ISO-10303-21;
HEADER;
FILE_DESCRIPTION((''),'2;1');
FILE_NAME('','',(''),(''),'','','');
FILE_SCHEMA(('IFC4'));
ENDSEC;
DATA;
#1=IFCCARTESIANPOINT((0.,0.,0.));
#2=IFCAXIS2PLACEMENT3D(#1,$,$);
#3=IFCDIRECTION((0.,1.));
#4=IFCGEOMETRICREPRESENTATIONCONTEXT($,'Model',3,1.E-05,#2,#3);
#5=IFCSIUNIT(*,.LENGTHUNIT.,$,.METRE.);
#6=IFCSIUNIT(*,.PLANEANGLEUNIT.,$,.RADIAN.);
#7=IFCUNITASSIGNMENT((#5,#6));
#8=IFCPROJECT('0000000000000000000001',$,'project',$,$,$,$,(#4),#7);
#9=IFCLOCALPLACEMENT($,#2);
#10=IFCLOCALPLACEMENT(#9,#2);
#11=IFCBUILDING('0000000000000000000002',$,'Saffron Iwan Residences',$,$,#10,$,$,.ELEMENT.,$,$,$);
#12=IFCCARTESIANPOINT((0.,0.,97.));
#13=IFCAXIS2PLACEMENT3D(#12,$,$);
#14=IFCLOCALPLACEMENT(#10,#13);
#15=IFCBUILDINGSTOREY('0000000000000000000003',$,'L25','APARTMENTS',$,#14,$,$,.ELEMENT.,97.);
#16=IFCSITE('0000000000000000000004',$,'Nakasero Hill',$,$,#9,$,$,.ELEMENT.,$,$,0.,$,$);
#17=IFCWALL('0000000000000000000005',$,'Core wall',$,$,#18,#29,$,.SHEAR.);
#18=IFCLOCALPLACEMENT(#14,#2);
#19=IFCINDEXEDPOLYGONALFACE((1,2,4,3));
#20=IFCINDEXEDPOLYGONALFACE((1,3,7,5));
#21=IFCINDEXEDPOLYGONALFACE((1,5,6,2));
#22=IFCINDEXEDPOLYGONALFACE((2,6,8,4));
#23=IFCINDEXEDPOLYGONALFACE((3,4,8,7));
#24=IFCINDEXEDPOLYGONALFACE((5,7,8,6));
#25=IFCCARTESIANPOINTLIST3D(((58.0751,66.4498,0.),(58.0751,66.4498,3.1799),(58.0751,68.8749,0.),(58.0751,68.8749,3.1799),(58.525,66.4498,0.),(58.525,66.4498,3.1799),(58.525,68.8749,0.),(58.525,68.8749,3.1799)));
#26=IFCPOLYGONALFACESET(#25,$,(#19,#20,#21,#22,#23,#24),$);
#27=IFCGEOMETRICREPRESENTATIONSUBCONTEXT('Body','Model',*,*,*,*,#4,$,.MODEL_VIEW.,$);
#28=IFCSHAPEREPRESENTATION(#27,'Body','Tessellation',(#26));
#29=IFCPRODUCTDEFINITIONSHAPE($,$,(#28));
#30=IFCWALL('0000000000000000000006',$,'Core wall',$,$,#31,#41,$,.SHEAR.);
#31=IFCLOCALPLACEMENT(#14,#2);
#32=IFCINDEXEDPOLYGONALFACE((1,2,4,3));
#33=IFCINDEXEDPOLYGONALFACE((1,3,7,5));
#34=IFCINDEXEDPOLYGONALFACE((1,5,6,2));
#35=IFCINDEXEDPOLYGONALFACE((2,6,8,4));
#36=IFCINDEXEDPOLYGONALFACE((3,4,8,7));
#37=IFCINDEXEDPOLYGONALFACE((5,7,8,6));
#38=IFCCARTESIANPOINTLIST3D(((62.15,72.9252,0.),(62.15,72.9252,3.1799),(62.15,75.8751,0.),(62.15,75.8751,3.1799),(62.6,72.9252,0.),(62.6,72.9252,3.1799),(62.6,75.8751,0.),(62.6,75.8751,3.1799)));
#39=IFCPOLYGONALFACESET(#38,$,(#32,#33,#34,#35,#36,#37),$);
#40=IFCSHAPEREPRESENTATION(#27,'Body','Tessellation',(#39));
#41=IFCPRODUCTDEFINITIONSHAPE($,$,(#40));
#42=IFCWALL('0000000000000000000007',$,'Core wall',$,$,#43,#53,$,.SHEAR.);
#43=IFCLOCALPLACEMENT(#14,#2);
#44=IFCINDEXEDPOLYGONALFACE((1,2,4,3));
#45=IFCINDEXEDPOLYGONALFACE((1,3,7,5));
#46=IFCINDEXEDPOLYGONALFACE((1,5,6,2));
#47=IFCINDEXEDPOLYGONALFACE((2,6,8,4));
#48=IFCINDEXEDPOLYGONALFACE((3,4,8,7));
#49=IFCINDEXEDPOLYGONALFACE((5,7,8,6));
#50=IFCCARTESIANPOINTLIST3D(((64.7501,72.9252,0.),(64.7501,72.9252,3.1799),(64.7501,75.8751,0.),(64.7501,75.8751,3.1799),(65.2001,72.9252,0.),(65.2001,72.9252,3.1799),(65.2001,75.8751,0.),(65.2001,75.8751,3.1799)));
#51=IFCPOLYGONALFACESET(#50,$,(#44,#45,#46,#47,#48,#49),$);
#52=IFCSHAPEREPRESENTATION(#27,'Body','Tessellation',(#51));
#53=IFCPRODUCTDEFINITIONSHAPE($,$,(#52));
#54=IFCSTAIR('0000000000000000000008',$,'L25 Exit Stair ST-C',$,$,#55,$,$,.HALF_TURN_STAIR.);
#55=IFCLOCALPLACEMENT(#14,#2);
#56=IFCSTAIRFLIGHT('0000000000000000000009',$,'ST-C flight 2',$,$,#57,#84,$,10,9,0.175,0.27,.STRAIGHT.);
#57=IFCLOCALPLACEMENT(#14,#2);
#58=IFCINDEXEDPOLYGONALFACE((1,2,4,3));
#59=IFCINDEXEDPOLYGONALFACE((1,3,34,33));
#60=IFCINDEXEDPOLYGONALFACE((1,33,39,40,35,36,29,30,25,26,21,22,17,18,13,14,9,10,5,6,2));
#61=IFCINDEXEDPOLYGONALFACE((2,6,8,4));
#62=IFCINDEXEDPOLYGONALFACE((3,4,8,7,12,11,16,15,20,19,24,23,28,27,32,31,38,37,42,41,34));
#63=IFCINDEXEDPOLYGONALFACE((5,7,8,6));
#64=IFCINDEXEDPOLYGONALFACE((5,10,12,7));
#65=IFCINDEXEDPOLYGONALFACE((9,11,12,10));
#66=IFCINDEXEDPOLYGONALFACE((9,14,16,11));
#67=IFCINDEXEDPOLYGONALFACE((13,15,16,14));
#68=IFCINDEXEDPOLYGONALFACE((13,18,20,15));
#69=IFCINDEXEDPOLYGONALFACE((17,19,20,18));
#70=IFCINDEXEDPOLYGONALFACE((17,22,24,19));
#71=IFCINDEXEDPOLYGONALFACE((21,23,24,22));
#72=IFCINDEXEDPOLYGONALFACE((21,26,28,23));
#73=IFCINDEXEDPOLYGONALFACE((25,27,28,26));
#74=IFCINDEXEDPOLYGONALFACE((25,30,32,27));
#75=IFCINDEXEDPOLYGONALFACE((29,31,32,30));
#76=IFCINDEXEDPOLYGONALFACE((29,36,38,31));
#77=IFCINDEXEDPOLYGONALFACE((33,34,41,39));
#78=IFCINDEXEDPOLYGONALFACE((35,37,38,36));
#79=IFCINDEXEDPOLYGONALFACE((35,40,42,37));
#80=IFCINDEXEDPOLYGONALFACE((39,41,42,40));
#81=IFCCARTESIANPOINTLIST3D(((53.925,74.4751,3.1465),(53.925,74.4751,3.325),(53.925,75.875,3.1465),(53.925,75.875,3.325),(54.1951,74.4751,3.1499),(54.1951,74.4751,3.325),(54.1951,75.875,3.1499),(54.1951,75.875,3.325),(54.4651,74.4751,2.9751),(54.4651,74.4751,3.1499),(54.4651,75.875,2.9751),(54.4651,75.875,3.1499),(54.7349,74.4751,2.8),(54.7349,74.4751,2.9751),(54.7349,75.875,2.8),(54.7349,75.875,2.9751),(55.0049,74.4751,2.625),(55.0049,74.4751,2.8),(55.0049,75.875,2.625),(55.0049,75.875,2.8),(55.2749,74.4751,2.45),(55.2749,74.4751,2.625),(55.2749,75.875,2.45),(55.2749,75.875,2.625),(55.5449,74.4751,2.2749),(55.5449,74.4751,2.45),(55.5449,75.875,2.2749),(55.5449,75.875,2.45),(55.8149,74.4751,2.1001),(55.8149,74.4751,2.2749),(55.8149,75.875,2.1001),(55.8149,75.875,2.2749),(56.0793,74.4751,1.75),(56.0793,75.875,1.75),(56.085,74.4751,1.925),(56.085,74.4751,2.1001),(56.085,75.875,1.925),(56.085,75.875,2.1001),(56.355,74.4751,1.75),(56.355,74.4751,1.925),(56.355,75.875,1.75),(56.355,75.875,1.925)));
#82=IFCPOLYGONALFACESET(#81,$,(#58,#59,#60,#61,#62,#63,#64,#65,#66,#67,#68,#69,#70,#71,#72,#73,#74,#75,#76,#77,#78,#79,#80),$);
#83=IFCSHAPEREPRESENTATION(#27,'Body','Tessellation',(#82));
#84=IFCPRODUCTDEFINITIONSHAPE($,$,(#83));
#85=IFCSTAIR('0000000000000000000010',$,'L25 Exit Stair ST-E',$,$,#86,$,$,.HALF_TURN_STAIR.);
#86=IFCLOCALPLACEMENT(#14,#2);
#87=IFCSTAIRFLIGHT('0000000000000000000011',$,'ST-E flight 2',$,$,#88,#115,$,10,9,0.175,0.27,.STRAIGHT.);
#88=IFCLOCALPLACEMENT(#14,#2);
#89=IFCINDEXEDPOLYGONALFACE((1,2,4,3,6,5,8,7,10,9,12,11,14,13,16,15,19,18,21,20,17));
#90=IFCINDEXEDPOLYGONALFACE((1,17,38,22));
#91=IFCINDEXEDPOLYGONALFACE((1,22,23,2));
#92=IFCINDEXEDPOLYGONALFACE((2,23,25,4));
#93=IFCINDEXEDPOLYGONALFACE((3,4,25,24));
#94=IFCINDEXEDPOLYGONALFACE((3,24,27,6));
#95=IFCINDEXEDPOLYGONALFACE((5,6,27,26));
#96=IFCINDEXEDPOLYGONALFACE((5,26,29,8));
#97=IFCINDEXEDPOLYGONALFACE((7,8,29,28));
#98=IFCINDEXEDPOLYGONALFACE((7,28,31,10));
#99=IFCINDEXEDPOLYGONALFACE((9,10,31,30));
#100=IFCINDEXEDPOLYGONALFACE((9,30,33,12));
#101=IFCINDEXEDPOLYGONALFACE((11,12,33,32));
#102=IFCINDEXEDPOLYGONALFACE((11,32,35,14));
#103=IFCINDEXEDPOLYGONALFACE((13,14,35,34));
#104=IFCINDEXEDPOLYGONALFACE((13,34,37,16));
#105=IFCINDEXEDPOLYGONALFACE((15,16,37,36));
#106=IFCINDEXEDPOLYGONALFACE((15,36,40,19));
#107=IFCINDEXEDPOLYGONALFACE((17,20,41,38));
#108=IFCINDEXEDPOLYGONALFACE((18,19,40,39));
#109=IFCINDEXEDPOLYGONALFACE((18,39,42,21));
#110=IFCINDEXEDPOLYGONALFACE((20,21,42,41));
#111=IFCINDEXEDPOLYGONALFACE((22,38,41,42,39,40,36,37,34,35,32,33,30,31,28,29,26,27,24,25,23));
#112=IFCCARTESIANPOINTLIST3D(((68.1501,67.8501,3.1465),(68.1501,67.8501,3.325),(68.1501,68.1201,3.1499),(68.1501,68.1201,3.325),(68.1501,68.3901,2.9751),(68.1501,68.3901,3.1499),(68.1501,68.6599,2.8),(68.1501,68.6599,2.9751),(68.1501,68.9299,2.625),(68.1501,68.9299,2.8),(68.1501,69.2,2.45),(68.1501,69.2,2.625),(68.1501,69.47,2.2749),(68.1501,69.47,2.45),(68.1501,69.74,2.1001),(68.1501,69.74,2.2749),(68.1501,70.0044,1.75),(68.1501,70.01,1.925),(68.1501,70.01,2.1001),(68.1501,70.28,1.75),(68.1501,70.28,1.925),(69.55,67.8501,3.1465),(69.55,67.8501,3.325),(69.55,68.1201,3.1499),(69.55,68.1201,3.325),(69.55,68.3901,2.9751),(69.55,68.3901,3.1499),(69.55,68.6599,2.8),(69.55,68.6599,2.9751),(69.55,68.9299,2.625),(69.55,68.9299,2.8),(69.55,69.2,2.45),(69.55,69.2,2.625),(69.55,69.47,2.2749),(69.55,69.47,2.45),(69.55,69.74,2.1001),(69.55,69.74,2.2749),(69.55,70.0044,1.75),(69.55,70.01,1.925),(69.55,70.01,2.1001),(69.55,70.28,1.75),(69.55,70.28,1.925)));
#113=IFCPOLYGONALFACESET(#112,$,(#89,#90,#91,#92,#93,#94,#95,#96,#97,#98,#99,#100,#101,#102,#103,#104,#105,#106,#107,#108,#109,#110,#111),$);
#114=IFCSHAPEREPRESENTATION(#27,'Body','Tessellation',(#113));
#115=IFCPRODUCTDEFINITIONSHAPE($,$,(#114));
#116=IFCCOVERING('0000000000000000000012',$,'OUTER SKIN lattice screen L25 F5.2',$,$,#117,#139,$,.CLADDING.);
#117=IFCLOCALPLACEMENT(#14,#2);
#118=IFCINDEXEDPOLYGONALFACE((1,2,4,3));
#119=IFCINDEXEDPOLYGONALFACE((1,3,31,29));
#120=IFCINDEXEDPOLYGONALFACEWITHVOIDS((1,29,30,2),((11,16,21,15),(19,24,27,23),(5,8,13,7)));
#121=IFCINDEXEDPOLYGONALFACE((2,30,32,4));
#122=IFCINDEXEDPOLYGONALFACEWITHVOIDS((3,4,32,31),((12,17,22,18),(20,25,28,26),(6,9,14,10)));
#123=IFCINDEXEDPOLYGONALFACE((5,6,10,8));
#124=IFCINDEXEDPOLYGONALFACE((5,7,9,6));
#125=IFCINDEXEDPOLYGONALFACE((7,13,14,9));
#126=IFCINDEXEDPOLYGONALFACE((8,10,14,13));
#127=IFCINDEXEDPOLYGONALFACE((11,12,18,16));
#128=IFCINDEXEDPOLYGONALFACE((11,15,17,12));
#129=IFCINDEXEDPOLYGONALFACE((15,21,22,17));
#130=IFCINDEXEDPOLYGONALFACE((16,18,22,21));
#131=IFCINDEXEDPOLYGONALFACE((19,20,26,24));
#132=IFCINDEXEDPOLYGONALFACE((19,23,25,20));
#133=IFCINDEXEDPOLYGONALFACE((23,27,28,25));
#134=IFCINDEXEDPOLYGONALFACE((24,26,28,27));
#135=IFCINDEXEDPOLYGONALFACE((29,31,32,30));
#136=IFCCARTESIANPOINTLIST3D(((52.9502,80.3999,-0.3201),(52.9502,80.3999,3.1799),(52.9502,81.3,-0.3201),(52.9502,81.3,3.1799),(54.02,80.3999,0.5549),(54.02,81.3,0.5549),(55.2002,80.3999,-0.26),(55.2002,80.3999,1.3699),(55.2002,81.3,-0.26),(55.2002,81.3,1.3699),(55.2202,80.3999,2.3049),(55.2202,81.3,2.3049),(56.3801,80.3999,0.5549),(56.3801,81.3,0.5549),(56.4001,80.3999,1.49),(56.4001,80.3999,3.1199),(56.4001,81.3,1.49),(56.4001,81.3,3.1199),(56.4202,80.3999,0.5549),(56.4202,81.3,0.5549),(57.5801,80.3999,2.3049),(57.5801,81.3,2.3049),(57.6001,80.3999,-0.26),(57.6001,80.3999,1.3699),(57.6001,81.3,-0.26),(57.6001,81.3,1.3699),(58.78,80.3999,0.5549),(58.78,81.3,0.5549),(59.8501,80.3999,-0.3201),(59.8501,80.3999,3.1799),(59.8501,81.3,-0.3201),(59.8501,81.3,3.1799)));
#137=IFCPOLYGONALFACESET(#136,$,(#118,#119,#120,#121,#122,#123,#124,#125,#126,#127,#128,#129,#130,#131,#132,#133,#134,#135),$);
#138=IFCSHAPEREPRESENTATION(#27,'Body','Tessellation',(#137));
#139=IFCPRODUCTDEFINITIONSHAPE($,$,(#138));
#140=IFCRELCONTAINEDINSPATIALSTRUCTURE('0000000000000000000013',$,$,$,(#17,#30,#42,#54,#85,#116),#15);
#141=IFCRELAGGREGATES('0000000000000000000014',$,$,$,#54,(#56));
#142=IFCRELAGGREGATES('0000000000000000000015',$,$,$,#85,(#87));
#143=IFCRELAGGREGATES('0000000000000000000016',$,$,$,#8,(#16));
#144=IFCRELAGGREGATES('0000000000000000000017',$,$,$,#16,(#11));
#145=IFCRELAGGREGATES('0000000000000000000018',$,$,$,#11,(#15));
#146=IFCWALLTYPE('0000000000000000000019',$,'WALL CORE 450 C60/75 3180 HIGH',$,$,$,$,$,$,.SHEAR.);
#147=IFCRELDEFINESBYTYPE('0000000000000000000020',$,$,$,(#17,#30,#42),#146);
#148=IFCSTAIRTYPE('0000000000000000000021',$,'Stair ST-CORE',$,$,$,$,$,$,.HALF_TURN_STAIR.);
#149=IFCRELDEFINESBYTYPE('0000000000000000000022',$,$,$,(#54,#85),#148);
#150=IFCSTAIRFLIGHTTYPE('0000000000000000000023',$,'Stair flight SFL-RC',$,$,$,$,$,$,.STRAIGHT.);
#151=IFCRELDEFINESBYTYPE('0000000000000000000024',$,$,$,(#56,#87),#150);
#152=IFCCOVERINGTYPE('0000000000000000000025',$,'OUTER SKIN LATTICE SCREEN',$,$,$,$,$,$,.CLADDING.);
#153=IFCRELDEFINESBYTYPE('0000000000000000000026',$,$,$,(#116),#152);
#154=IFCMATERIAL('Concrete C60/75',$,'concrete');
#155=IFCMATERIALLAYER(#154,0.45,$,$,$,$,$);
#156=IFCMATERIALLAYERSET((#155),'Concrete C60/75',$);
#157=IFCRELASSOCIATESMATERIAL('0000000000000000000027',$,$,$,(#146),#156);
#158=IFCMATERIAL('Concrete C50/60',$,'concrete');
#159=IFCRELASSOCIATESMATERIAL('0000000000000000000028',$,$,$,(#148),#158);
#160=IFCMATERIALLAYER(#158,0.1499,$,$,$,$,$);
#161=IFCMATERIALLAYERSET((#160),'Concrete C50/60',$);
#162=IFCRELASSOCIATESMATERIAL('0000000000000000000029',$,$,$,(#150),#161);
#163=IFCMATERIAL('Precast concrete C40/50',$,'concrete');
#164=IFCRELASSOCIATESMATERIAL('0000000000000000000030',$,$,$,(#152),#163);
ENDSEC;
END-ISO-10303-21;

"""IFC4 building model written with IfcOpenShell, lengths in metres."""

from ifc_helpers import new_model, si_unit, direction, frame, frame_2d, origin, place, context, subcontext, project, spatial, polyline, rectangle, outline, extrude, material, layer, layer_set, type_object, element, aggregate, save


model = new_model("IFC4")

# Units and contexts
model_context = context("Model", 3, precision=1e-05, world=origin(), true_north=direction((0.0, 1.0)))
body_context = subcontext(model_context, "Body", "Model", "MODEL_VIEW")
ifc_project = project(units=[si_unit("LENGTHUNIT", "METRE"), si_unit("PLANEANGLEUNIT", "RADIAN")], contexts=[model_context])

# Site, building, storey
site_placement = place(None, origin())
site = spatial("IfcSite", under=ifc_project, at=site_placement, Name="Nakasero Hill", CompositionType="ELEMENT", RefElevation=0.0)
building_placement = place(site_placement, origin())
building = spatial("IfcBuilding", under=site, at=building_placement, Name="Saffron Iwan Residences", CompositionType="ELEMENT")
storey_placement = place(building_placement, frame((0.0, 0.0, 97.0)))
storey = spatial("IfcBuildingStorey", under=building, at=storey_placement, Name="L25", Description="APARTMENTS", CompositionType="ELEMENT", Elevation=97.0)

# Shared definitions
ifc_material_1 = material(Name="Concrete C60/75", Category="concrete")

# Shared definitions
ifc_layer_1 = layer(ifc_material_1, 0.45)
ifc_layer_set_1 = layer_set([ifc_layer_1], Name="Concrete C60/75")
wall_type_1 = type_object("IfcWallType", Name="WALL CORE 450 C60/75 3180 HIGH", PredefinedType="SHEAR", material=ifc_layer_set_1)

# Walls
wall_1_placement = place(storey_placement, frame((58.3, 66.45, 0.0), z_axis=(0.0, 0.0, 1.0), x_axis=(0.0, 1.0, 0.0)))
element("IfcWall", 1, at=wall_1_placement, inside=storey, type_object=wall_type_1, Name="Core wall", PredefinedType="SHEAR", context=body_context, shape_type="SweptSolid", body=[
    extrude(rectangle(XDim=2.425, YDim=0.45, at=frame_2d((1.2124, 0.0))), origin(), (0.0, 0.0, 1.0), 3.1799),
])
for number, where, z_axis, x_axis, name in (
    (2, (62.375, 72.925, 0.0), (0.0, 0.0, 1.0), (0.0, 1.0, 0.0), "Core wall"),
    (3, (64.9751, 72.925, 0.0), (0.0, 0.0, 1.0), (0.0, 1.0, 0.0), "Core wall"),
):
    element("IfcWall", number, at=place(storey_placement, frame(where, z_axis=z_axis, x_axis=x_axis)), inside=storey, type_object=wall_type_1, Name=name, PredefinedType="SHEAR", context=body_context, shape_type="SweptSolid", body=[
        extrude(rectangle(XDim=2.95, YDim=0.45, at=frame_2d((1.4751, 0.0))), origin(), (0.0, 0.0, 1.0), 3.1799),
    ])

# Stairs, stair flights
ifc_material_2 = material(Name="Concrete C50/60", Category="concrete")
stair_type = type_object("IfcStairType", Name="Stair ST-CORE", PredefinedType="HALF_TURN_STAIR", material=ifc_material_2)
stair_1_placement = place(storey_placement, origin())
stair_1 = element("IfcStair", 4, at=stair_1_placement, inside=storey, type_object=stair_type, Name="L25 Exit Stair ST-C", PredefinedType="HALF_TURN_STAIR")
ifc_layer_2 = layer(ifc_material_2, 0.1499)
ifc_layer_set_2 = layer_set([ifc_layer_2], Name="Concrete C50/60")
stair_flight_type = type_object("IfcStairFlightType", Name="Stair flight SFL-RC", PredefinedType="STRAIGHT", material=ifc_layer_set_2)
stair_flight_1_placement = place(storey_placement, frame((56.355, 75.175, 1.75), z_axis=(0.0, 0.0, 1.0), x_axis=(-1.0, 0.0, 0.0)))
stair_flight_1 = element("IfcStairFlight", 5, at=stair_flight_1_placement, type_object=stair_flight_type, Name="ST-C flight 2", NumberOfRisers=10, NumberOfTreads=9, PredefinedType="STRAIGHT", RiserHeight=0.175, TreadLength=0.27, context=body_context, shape_type="SweptSolid", body=[
    extrude(outline(polyline([(0.0, 0.0), (0.0, 0.175), (0.27, 0.175), (0.27, 0.3501), (0.54, 0.3501), (0.54, 0.5249), (0.8101, 0.5249), (0.8101, 0.7), (1.0801, 0.7), (1.0801, 0.875), (1.3501, 0.875), (1.3501, 1.05), (1.6201, 1.05), (1.6201, 1.2251), (1.8899, 1.2251), (1.8899, 1.3999), (2.1599, 1.3999), (2.1599, 1.575), (2.4299, 1.575), (2.4299, 1.75), (2.4299, 1.3965), (0.2756, 0.0), (0.0, 0.0)])), frame((0.0, 0.7, 0.0), z_axis=(0.0, -1.0, 0.0), x_axis=(1.0, 0.0, 0.0)), (0.0, 0.0, 1.0), 1.3999),
])
aggregate(stair_1, [stair_flight_1])
stair_2_placement = place(storey_placement, origin())
stair_2 = element("IfcStair", 6, at=stair_2_placement, inside=storey, type_object=stair_type, Name="L25 Exit Stair ST-E", PredefinedType="HALF_TURN_STAIR")
stair_flight_2_placement = place(storey_placement, frame((68.8501, 70.28, 1.75), z_axis=(0.0, 0.0, 1.0), x_axis=(0.0, -1.0, 0.0)))
stair_flight_2 = element("IfcStairFlight", 7, at=stair_flight_2_placement, type_object=stair_flight_type, Name="ST-E flight 2", NumberOfRisers=10, NumberOfTreads=9, PredefinedType="STRAIGHT", RiserHeight=0.175, TreadLength=0.27, context=body_context, shape_type="SweptSolid", body=[
    extrude(outline(polyline([(0.0, 0.0), (0.0, 0.175), (0.27, 0.175), (0.27, 0.3501), (0.54, 0.3501), (0.54, 0.5249), (0.8101, 0.5249), (0.8101, 0.7), (1.0801, 0.7), (1.0801, 0.875), (1.3501, 0.875), (1.3501, 1.05), (1.6201, 1.05), (1.6201, 1.2251), (1.8899, 1.2251), (1.8899, 1.3999), (2.1599, 1.3999), (2.1599, 1.575), (2.4299, 1.575), (2.4299, 1.75), (2.4299, 1.3965), (0.2756, 0.0), (0.0, 0.0)])), frame((0.0, 0.7, 0.0), z_axis=(0.0, -1.0, 0.0), x_axis=(1.0, 0.0, 0.0)), (0.0, 0.0, 1.0), 1.3999),
])
aggregate(stair_2, [stair_flight_2])

# Covering
ifc_material_3 = material(Name="Precast concrete C40/50", Category="concrete")
covering_type_1 = type_object("IfcCoveringType", Name="OUTER SKIN LATTICE SCREEN", PredefinedType="CLADDING", material=ifc_material_3)
covering_placement = place(storey_placement, frame((59.8501, 80.3999, -0.3201), z_axis=(0.0, 1.0, 0.0), x_axis=(-1.0, 0.0, 0.0)))
element("IfcCovering", 8, at=covering_placement, inside=storey, type_object=covering_type_1, Name="OUTER SKIN lattice screen L25 F5.2", PredefinedType="CLADDING", context=body_context, shape_type="SweptSolid", body=[
    extrude(outline(polyline([(0.0, 0.0), (6.8999, 0.0), (6.8999, 3.5), (0.0, 3.5), (0.0, 0.0)]), holes=[polyline([(1.0701, 0.875), (2.25, 0.0601), (3.4299, 0.875), (2.25, 1.6899), (1.0701, 0.875)]), polyline([(3.47, 0.875), (4.6499, 0.0601), (5.8301, 0.875), (4.6499, 1.6899), (3.47, 0.875)]), polyline([(2.27, 2.625), (3.45, 1.8101), (4.6299, 2.625), (3.45, 3.4399), (2.27, 2.625)])]), origin(), (0.0, 0.0, 1.0), 0.9001),
])

save(model, "model.ifc")
